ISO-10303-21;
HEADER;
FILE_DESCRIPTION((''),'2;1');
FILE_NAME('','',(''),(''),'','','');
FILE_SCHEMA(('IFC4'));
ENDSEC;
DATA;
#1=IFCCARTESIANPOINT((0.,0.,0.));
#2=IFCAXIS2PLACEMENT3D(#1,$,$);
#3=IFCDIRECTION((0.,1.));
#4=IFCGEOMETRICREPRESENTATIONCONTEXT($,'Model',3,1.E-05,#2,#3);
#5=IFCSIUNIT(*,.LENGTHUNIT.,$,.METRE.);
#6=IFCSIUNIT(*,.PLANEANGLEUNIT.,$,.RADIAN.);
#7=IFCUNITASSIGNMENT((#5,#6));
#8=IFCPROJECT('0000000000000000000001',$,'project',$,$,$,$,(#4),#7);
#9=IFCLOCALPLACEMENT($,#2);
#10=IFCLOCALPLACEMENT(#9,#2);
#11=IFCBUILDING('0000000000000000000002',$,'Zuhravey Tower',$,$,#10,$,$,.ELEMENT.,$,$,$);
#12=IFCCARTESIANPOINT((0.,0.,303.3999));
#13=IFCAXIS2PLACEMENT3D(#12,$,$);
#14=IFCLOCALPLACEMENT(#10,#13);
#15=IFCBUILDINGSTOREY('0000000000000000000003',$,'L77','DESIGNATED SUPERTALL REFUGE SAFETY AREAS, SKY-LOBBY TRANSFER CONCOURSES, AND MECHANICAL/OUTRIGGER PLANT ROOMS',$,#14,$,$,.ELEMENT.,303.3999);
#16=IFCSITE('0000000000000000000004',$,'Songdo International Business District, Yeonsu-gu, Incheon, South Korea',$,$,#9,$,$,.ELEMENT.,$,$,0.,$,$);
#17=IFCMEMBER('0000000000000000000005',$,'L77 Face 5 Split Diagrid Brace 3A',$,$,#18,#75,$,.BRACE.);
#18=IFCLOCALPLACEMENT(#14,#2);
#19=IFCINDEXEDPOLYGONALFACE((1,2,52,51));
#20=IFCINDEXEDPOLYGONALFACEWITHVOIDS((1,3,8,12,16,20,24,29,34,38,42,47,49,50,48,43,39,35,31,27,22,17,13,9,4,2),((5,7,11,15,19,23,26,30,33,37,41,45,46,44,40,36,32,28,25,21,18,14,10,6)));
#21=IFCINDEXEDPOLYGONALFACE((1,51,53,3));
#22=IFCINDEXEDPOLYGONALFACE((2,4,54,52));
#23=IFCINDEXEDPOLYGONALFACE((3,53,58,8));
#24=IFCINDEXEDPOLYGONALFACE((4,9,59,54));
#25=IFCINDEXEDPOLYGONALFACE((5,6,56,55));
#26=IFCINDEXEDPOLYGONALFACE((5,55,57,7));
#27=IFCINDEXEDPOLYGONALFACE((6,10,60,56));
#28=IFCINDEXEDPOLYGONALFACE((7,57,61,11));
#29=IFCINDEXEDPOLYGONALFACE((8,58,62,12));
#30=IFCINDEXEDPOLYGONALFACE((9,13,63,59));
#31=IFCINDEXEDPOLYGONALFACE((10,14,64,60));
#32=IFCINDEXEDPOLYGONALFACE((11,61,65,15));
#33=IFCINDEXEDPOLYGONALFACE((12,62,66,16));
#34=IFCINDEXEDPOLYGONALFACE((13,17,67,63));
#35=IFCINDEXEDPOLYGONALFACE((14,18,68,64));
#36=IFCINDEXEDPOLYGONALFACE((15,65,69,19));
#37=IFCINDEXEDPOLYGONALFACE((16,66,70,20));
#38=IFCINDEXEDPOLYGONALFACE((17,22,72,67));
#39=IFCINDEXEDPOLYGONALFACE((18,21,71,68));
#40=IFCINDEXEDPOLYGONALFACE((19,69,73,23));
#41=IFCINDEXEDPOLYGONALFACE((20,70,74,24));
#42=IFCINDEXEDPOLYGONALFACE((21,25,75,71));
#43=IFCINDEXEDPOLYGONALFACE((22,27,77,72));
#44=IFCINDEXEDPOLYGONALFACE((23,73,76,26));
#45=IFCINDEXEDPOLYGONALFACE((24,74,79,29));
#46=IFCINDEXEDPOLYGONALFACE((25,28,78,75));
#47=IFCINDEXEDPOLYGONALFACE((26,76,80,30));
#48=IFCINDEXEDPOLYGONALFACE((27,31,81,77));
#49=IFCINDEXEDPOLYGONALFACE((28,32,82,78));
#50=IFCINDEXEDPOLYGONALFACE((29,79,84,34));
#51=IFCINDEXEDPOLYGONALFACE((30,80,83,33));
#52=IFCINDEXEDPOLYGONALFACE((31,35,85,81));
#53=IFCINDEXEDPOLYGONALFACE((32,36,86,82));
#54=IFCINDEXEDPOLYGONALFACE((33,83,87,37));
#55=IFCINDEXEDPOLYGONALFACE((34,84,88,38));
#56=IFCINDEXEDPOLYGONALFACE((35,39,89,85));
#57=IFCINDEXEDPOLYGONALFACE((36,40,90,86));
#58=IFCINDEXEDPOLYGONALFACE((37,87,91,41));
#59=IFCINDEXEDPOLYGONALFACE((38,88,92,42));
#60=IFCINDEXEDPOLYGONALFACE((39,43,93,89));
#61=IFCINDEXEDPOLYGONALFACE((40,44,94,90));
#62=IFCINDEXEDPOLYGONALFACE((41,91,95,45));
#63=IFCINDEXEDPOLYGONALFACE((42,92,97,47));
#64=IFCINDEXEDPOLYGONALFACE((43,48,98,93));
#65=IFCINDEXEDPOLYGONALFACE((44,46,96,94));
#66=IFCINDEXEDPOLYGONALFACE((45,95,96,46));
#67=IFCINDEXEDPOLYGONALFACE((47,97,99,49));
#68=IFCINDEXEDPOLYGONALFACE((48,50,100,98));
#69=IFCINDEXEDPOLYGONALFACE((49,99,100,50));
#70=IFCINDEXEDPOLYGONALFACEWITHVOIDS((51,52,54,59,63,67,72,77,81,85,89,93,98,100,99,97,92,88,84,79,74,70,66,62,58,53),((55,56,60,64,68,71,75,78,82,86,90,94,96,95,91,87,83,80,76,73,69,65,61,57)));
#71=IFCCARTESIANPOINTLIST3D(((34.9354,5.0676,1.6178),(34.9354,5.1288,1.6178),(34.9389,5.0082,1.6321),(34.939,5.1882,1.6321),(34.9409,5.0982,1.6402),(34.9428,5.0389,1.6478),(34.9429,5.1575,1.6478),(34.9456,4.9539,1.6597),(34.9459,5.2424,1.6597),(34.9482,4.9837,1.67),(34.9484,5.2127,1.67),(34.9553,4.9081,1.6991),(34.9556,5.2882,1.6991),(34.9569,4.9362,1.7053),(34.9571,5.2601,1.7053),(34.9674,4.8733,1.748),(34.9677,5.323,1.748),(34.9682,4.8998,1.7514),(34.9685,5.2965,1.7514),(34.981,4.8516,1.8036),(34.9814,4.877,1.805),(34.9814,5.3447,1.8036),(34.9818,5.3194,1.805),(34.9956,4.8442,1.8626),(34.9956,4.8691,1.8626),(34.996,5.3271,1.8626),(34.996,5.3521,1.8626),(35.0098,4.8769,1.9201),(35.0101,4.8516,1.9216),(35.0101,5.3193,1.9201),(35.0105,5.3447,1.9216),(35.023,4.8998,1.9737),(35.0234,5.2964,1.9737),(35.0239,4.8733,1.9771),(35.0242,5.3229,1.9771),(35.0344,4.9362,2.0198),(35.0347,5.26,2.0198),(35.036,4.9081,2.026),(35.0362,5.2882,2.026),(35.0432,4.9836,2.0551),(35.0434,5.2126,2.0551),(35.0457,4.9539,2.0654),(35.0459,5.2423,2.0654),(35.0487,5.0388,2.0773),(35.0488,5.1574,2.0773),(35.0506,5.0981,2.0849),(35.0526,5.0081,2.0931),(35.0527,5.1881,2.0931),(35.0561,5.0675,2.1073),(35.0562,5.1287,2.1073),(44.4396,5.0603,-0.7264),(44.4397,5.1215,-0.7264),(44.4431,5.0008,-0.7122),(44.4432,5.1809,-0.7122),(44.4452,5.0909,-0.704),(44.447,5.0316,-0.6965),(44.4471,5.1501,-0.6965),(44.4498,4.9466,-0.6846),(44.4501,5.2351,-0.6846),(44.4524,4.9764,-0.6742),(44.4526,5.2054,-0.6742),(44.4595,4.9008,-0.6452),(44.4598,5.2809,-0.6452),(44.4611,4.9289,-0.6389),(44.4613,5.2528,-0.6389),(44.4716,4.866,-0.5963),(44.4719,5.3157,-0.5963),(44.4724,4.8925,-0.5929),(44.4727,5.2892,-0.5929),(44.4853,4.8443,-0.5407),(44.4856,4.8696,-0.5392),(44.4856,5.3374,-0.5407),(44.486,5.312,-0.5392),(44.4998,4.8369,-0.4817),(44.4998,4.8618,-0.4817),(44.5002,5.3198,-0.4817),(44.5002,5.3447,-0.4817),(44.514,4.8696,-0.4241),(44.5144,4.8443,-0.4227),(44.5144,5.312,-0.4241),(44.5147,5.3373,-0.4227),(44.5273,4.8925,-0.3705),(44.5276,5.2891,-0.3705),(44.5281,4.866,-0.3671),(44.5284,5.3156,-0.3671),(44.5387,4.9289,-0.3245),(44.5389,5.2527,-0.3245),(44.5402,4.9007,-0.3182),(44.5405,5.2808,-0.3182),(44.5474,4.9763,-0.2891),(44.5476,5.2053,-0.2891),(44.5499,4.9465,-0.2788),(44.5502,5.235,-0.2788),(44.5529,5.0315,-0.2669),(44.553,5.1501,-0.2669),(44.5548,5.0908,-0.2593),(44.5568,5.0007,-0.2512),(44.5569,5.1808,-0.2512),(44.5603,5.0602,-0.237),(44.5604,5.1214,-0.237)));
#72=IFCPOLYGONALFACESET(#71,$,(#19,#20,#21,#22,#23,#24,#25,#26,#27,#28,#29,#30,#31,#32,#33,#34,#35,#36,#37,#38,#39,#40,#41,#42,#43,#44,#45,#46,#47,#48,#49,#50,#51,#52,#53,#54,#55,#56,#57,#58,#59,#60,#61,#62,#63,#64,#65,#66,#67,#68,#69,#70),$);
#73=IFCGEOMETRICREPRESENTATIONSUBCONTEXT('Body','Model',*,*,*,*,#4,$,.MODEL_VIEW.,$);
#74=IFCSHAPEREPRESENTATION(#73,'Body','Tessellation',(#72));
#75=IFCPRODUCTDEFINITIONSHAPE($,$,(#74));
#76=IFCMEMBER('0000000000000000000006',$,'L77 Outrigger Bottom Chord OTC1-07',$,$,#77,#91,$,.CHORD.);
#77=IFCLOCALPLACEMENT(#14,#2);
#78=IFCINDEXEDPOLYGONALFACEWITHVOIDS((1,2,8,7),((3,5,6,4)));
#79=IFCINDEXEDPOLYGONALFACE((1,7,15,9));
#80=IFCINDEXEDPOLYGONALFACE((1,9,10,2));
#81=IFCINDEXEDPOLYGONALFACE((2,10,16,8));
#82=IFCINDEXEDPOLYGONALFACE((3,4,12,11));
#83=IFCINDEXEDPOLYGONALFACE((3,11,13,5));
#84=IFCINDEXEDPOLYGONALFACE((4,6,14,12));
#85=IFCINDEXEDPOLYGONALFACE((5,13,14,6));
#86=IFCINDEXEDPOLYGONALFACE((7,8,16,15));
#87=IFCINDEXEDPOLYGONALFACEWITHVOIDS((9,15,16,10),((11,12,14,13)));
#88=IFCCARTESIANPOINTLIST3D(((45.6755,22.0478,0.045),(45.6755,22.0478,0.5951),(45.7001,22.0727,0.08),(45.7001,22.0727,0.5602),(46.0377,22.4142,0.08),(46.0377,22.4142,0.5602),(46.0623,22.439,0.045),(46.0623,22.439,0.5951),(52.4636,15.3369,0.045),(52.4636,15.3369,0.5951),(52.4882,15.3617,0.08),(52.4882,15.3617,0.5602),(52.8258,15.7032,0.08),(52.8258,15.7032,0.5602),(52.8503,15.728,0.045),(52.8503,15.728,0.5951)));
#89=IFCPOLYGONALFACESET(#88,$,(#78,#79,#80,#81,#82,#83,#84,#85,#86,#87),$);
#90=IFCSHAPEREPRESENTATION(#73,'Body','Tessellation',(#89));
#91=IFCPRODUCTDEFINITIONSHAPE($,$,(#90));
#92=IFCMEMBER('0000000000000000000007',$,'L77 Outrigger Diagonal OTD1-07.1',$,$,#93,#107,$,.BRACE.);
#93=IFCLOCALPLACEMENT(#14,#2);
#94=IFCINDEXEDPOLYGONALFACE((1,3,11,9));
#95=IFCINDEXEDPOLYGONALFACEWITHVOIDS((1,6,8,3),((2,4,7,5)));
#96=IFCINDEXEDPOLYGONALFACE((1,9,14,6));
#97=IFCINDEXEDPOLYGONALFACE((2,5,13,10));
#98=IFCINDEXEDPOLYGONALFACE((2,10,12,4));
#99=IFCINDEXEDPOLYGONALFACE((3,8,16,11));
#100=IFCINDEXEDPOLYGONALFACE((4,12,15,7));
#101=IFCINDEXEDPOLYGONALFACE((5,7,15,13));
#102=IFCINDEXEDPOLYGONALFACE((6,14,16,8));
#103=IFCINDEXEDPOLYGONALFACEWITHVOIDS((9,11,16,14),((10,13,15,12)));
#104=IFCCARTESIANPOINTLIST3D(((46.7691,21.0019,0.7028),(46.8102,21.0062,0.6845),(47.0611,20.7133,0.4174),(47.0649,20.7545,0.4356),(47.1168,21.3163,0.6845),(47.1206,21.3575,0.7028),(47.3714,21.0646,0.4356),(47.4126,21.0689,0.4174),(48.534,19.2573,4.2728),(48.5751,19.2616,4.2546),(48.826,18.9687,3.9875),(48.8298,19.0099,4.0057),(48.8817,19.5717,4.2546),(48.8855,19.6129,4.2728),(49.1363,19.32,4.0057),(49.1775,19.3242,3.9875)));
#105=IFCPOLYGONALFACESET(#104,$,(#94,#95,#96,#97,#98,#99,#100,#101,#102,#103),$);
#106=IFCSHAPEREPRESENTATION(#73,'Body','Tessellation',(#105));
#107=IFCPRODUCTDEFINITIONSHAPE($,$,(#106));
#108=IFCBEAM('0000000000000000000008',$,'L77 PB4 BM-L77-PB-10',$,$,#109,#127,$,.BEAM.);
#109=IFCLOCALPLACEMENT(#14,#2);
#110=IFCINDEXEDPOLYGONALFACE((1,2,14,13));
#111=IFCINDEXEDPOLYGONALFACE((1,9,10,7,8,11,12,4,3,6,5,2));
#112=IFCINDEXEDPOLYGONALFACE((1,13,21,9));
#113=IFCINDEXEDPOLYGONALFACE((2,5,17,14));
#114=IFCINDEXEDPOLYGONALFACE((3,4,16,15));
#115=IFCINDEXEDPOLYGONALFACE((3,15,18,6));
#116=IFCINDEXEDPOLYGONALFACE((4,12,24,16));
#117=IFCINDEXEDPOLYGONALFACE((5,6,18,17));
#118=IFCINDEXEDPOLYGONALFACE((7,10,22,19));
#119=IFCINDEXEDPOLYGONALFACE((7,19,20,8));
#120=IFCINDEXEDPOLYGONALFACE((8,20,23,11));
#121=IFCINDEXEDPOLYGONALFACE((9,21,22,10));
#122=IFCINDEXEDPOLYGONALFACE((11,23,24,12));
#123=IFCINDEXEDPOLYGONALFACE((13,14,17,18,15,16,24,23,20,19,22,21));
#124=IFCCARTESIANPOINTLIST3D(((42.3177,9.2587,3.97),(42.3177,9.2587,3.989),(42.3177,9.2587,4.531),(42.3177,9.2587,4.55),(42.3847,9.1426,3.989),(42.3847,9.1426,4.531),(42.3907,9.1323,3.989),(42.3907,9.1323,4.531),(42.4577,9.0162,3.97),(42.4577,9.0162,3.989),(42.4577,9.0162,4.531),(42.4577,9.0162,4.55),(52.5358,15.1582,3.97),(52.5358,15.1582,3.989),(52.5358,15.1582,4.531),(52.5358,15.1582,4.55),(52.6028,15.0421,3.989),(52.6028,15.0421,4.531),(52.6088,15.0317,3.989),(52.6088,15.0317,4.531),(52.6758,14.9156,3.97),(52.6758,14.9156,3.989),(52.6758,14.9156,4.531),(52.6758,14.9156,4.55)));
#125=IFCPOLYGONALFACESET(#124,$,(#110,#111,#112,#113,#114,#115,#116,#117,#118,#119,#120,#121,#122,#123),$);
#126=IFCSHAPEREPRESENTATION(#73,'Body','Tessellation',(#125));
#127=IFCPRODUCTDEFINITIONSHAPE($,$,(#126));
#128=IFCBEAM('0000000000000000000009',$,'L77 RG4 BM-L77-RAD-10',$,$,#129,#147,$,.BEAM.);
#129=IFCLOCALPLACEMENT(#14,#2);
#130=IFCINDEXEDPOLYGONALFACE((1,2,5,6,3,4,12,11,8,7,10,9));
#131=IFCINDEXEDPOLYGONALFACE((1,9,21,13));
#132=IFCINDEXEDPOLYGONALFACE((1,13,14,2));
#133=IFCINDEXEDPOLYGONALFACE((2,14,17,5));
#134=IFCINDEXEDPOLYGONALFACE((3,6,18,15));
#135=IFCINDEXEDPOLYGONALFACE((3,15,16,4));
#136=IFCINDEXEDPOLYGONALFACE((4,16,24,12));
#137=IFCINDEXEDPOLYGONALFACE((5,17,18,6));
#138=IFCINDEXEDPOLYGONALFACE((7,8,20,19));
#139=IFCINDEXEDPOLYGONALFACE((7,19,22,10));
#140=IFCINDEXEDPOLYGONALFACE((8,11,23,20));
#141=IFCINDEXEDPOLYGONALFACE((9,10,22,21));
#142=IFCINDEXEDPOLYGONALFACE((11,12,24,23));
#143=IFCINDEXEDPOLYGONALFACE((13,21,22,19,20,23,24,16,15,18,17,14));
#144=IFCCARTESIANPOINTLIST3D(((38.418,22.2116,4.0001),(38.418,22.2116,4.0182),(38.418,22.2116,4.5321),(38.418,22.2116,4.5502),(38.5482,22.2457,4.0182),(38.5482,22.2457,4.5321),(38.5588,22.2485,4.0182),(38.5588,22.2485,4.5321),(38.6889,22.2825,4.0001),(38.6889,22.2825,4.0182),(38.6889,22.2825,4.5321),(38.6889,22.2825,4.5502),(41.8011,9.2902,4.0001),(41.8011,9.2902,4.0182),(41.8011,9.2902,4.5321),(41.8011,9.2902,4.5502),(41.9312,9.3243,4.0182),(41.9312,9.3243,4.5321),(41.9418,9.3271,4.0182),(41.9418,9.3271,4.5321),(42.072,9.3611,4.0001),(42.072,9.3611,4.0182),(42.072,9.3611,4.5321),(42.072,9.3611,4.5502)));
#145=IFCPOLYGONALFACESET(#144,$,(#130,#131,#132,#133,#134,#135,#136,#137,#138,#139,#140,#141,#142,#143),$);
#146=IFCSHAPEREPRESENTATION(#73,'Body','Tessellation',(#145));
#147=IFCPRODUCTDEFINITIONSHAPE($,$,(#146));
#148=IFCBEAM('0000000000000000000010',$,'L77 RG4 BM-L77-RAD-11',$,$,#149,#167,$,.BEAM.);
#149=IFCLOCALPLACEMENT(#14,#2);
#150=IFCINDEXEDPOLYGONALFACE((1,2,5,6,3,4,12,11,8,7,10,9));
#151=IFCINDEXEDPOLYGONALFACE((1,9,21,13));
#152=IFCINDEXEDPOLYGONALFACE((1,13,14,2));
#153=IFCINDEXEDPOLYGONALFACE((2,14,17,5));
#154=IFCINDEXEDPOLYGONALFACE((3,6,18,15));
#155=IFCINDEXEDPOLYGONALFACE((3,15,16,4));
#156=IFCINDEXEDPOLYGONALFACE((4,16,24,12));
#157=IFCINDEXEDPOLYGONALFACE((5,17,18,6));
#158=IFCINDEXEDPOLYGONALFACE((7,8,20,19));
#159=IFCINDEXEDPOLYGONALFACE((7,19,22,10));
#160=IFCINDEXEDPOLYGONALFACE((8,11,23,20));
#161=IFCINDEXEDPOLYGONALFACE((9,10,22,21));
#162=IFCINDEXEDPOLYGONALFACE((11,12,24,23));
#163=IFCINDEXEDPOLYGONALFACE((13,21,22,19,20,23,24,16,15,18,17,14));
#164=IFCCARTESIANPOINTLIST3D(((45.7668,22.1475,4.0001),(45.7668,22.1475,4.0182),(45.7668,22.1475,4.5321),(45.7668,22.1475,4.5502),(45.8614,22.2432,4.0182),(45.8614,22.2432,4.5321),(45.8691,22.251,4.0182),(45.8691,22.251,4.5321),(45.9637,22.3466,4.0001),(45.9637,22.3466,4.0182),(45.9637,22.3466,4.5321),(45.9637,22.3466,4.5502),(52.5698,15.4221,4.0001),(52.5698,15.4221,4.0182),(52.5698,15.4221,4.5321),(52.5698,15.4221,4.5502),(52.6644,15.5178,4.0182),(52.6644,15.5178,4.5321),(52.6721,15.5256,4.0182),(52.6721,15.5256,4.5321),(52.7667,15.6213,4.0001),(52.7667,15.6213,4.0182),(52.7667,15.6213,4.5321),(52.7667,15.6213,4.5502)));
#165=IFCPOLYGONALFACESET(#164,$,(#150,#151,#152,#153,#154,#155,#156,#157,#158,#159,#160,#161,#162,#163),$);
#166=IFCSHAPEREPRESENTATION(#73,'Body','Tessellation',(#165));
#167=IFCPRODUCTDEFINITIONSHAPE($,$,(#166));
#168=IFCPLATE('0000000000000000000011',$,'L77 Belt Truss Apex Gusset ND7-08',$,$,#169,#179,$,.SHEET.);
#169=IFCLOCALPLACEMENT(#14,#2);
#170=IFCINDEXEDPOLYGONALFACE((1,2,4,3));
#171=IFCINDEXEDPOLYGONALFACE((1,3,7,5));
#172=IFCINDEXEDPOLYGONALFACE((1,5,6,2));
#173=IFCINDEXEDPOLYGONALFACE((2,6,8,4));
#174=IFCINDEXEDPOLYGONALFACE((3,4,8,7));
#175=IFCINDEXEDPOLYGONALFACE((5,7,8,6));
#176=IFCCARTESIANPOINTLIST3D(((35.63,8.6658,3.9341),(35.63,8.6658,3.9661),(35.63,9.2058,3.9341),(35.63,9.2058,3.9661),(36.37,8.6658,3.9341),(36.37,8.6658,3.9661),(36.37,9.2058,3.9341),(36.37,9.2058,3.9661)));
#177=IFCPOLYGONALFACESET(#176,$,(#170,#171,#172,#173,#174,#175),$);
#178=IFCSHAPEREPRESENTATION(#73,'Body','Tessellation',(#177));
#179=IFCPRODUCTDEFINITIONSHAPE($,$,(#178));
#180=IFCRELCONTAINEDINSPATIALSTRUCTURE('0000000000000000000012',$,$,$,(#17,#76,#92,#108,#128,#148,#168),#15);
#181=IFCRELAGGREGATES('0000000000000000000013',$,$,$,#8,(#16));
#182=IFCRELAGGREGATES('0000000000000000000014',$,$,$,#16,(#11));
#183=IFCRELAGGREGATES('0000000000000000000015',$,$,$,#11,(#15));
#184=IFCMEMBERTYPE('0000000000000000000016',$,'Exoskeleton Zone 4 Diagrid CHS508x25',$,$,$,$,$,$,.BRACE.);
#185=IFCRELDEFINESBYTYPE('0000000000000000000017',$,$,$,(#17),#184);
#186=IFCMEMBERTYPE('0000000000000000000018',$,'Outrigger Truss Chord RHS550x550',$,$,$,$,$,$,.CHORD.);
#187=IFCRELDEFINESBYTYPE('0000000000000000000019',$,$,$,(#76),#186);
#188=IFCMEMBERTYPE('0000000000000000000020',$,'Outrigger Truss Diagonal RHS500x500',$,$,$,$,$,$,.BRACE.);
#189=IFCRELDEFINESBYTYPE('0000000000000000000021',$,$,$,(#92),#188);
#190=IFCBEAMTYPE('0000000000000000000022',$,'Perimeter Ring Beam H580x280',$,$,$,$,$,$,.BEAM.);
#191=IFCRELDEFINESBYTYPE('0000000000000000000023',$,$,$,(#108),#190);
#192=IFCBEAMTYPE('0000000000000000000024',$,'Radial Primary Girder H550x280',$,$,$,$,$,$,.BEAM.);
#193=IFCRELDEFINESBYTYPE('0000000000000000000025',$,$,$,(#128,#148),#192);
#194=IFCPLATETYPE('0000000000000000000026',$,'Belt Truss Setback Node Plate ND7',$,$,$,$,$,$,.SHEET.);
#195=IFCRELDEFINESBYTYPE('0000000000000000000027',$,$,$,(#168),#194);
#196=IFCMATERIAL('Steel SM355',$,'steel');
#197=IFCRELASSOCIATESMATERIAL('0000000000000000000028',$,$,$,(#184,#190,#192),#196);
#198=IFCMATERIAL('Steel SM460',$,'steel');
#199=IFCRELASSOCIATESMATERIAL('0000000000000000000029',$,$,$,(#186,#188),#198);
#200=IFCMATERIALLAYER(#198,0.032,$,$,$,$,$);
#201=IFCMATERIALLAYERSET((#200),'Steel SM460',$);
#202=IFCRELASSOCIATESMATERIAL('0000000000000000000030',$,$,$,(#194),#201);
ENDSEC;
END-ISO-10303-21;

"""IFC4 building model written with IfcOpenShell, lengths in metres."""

from ifc_helpers import new_model, si_unit, direction, frame, origin, origin_2d, place, context, subcontext, project, spatial, rectangle, hollow_rectangle, hollow_circle, i_section, extrude, material, layer, layer_set, material_profile, profile_set, type_object, element, save


model = new_model("IFC4")

# Units and contexts
model_context = context("Model", 3, precision=1e-05, world=origin(), true_north=direction((0.0, 1.0)))
body_context = subcontext(model_context, "Body", "Model", "MODEL_VIEW")
ifc_project = project(units=[si_unit("LENGTHUNIT", "METRE"), si_unit("PLANEANGLEUNIT", "RADIAN")], contexts=[model_context])

# Site, building, storey
site_placement = place(None, origin())
site = spatial("IfcSite", under=ifc_project, at=site_placement, Name="Songdo International Business District, Yeonsu-gu, Incheon, South Korea", CompositionType="ELEMENT", RefElevation=0.0)
building_placement = place(site_placement, origin())
building = spatial("IfcBuilding", under=site, at=building_placement, Name="Zuhravey Tower", CompositionType="ELEMENT")
storey_placement = place(building_placement, frame((0.0, 0.0, 303.3999)))
storey = spatial("IfcBuildingStorey", under=building, at=storey_placement, Name="L77", Description="DESIGNATED SUPERTALL REFUGE SAFETY AREAS, SKY-LOBBY TRANSFER CONCOURSES, AND MECHANICAL/OUTRIGGER PLANT ROOMS", CompositionType="ELEMENT", Elevation=303.3999)

# Shared definitions
ifc_material_1 = material(Name="Steel SM355", Category="steel")

# Shared definitions
ifc_material_2 = material(Name="Steel SM460", Category="steel")

# Members
ifc_material_profile_1 = material_profile(ifc_material_1, hollow_circle(Radius=0.2539, WallThickness=0.0249, at=origin_2d()), Name="CHS-508.0x25")
ifc_profile_set_1 = profile_set([ifc_material_profile_1], Name="Steel SM355")
member_type_1 = type_object("IfcMemberType", Name="Exoskeleton Zone 4 Diagrid CHS508x25", PredefinedType="BRACE", material=ifc_profile_set_1)
member_1_placement = place(storey_placement, frame((44.5, 5.0908, -0.4817), z_axis=(-0.970902, 0.000748, 0.239477), x_axis=(-0.000771, -1.0, 0.0)))
element("IfcMember", 1, at=member_1_placement, inside=storey, type_object=member_type_1, Name="L77 Face 5 Split Diagrid Brace 3A", PredefinedType="BRACE", context=body_context, shape_type="SweptSolid", body=[
    extrude(hollow_circle(Radius=0.2539, WallThickness=0.0249, at=origin_2d()), origin(), (0.0, 0.0, 1.0), 9.7891),
])
ifc_material_profile_2 = material_profile(ifc_material_2, hollow_rectangle(XDim=0.55, YDim=0.55, WallThickness=0.0349, at=origin_2d()), Name="RHS-550x550x35")
ifc_profile_set_2 = profile_set([ifc_material_profile_2], Name="Steel SM460")
member_type_2 = type_object("IfcMemberType", Name="Outrigger Truss Chord RHS550x550", PredefinedType="CHORD", material=ifc_profile_set_2)
member_2_placement = place(storey_placement, frame((45.8689, 22.2434, 0.3201), z_axis=(0.711136, -0.703054, 0.0), x_axis=(0.703054, 0.711136, 0.0)))
element("IfcMember", 2, at=member_2_placement, inside=storey, type_object=member_type_2, Name="L77 Outrigger Bottom Chord OTC1-07", PredefinedType="CHORD", context=body_context, shape_type="SweptSolid", body=[
    extrude(hollow_rectangle(XDim=0.55, YDim=0.55, WallThickness=0.0349, at=origin_2d()), origin(), (0.0, 0.0, 1.0), 9.5454),
])
ifc_material_profile_3 = material_profile(ifc_material_2, hollow_rectangle(XDim=0.5, YDim=0.5, WallThickness=0.032, at=origin_2d()), Name="RHS-500x500x32")
ifc_profile_set_3 = profile_set([ifc_material_profile_3], Name="Steel SM460")
member_type_3 = type_object("IfcMemberType", Name="Outrigger Truss Diagonal RHS500x500", PredefinedType="BRACE", material=ifc_profile_set_3)
member_3_placement = place(storey_placement, frame((47.0908, 21.0354, 0.5601), z_axis=(0.405921, -0.401261, 0.821108), x_axis=(0.703012, 0.711178, 0.0)))
element("IfcMember", 3, at=member_3_placement, inside=storey, type_object=member_type_3, Name="L77 Outrigger Diagonal OTD1-07.1", PredefinedType="BRACE", context=body_context, shape_type="SweptSolid", body=[
    extrude(hollow_rectangle(XDim=0.5, YDim=0.5, WallThickness=0.032, at=origin_2d()), origin(), (0.0, 0.0, 1.0), 4.3479),
])

# Beams
ifc_material_profile_4 = material_profile(ifc_material_1, i_section(OverallWidth=0.28, OverallDepth=0.5801, WebThickness=0.012, FlangeThickness=0.019, at=origin_2d()), Name="H-580x280x12x19")
ifc_profile_set_4 = profile_set([ifc_material_profile_4], Name="Steel SM355")
beam_type_1 = type_object("IfcBeamType", Name="Perimeter Ring Beam H580x280", PredefinedType="BEAM", material=ifc_profile_set_4)
beam_1_placement = place(storey_placement, frame((42.3877, 9.1375, 4.26), z_axis=(0.866024, 0.500002, 0.0), x_axis=(-0.500002, 0.866024, 0.0)))
element("IfcBeam", 4, at=beam_1_placement, inside=storey, type_object=beam_type_1, Name="L77 PB4 BM-L77-PB-10", PredefinedType="BEAM", context=body_context, shape_type="SweptSolid", body=[
    extrude(i_section(OverallWidth=0.28, OverallDepth=0.5801, WebThickness=0.012, FlangeThickness=0.019, at=origin_2d()), origin(), (0.0, 0.0, 1.0), 11.7988),
])
ifc_material_profile_5 = material_profile(ifc_material_1, i_section(OverallWidth=0.28, OverallDepth=0.55, WebThickness=0.011, FlangeThickness=0.0181, at=origin_2d()), Name="H-550x280x11x18")
ifc_profile_set_5 = profile_set([ifc_material_profile_5], Name="Steel SM355")
beam_type_2 = type_object("IfcBeamType", Name="Radial Primary Girder H550x280", PredefinedType="BEAM", material=ifc_profile_set_5)
beam_2_placement = place(storey_placement, frame((38.5535, 22.2471, 4.2751), z_axis=(0.253281, -0.967393, 0.0), x_axis=(0.967393, 0.253281, 0.0)))
element("IfcBeam", 5, at=beam_2_placement, inside=storey, type_object=beam_type_2, Name="L77 RG4 BM-L77-RAD-10", PredefinedType="BEAM", context=body_context, shape_type="SweptSolid", body=[
    extrude(i_section(OverallWidth=0.28, OverallDepth=0.55, WebThickness=0.011, FlangeThickness=0.0181, at=origin_2d()), origin(), (0.0, 0.0, 1.0), 13.3569),
])
beam_3_placement = place(storey_placement, frame((45.8652, 22.2471, 4.2751), z_axis=(0.711153, -0.703037, 0.0), x_axis=(0.703037, 0.711153, 0.0)))
element("IfcBeam", 6, at=beam_3_placement, inside=storey, type_object=beam_type_2, Name="L77 RG4 BM-L77-RAD-11", PredefinedType="BEAM", context=body_context, shape_type="SweptSolid", body=[
    extrude(i_section(OverallWidth=0.28, OverallDepth=0.55, WebThickness=0.011, FlangeThickness=0.0181, at=origin_2d()), origin(), (0.0, 0.0, 1.0), 9.5662),
])

# Plate
ifc_layer_1 = layer(ifc_material_2, 0.032)
ifc_layer_set_1 = layer_set([ifc_layer_1], Name="Steel SM460")
plate_type_1 = type_object("IfcPlateType", Name="Belt Truss Setback Node Plate ND7", PredefinedType="SHEET", material=ifc_layer_set_1)
plate_1_placement = place(storey_placement, frame((36.0, 8.9358, 3.9341), z_axis=(0.0, 0.0, 1.0), x_axis=(1.0, 0.0, 0.0)))
element("IfcPlate", 7, at=plate_1_placement, inside=storey, type_object=plate_type_1, Name="L77 Belt Truss Apex Gusset ND7-08", PredefinedType="SHEET", context=body_context, shape_type="SweptSolid", body=[
    extrude(rectangle(XDim=0.74, YDim=0.54, at=origin_2d()), origin(), (0.0, 0.0, 1.0), 0.032),
])

save(model, "model.ifc")
